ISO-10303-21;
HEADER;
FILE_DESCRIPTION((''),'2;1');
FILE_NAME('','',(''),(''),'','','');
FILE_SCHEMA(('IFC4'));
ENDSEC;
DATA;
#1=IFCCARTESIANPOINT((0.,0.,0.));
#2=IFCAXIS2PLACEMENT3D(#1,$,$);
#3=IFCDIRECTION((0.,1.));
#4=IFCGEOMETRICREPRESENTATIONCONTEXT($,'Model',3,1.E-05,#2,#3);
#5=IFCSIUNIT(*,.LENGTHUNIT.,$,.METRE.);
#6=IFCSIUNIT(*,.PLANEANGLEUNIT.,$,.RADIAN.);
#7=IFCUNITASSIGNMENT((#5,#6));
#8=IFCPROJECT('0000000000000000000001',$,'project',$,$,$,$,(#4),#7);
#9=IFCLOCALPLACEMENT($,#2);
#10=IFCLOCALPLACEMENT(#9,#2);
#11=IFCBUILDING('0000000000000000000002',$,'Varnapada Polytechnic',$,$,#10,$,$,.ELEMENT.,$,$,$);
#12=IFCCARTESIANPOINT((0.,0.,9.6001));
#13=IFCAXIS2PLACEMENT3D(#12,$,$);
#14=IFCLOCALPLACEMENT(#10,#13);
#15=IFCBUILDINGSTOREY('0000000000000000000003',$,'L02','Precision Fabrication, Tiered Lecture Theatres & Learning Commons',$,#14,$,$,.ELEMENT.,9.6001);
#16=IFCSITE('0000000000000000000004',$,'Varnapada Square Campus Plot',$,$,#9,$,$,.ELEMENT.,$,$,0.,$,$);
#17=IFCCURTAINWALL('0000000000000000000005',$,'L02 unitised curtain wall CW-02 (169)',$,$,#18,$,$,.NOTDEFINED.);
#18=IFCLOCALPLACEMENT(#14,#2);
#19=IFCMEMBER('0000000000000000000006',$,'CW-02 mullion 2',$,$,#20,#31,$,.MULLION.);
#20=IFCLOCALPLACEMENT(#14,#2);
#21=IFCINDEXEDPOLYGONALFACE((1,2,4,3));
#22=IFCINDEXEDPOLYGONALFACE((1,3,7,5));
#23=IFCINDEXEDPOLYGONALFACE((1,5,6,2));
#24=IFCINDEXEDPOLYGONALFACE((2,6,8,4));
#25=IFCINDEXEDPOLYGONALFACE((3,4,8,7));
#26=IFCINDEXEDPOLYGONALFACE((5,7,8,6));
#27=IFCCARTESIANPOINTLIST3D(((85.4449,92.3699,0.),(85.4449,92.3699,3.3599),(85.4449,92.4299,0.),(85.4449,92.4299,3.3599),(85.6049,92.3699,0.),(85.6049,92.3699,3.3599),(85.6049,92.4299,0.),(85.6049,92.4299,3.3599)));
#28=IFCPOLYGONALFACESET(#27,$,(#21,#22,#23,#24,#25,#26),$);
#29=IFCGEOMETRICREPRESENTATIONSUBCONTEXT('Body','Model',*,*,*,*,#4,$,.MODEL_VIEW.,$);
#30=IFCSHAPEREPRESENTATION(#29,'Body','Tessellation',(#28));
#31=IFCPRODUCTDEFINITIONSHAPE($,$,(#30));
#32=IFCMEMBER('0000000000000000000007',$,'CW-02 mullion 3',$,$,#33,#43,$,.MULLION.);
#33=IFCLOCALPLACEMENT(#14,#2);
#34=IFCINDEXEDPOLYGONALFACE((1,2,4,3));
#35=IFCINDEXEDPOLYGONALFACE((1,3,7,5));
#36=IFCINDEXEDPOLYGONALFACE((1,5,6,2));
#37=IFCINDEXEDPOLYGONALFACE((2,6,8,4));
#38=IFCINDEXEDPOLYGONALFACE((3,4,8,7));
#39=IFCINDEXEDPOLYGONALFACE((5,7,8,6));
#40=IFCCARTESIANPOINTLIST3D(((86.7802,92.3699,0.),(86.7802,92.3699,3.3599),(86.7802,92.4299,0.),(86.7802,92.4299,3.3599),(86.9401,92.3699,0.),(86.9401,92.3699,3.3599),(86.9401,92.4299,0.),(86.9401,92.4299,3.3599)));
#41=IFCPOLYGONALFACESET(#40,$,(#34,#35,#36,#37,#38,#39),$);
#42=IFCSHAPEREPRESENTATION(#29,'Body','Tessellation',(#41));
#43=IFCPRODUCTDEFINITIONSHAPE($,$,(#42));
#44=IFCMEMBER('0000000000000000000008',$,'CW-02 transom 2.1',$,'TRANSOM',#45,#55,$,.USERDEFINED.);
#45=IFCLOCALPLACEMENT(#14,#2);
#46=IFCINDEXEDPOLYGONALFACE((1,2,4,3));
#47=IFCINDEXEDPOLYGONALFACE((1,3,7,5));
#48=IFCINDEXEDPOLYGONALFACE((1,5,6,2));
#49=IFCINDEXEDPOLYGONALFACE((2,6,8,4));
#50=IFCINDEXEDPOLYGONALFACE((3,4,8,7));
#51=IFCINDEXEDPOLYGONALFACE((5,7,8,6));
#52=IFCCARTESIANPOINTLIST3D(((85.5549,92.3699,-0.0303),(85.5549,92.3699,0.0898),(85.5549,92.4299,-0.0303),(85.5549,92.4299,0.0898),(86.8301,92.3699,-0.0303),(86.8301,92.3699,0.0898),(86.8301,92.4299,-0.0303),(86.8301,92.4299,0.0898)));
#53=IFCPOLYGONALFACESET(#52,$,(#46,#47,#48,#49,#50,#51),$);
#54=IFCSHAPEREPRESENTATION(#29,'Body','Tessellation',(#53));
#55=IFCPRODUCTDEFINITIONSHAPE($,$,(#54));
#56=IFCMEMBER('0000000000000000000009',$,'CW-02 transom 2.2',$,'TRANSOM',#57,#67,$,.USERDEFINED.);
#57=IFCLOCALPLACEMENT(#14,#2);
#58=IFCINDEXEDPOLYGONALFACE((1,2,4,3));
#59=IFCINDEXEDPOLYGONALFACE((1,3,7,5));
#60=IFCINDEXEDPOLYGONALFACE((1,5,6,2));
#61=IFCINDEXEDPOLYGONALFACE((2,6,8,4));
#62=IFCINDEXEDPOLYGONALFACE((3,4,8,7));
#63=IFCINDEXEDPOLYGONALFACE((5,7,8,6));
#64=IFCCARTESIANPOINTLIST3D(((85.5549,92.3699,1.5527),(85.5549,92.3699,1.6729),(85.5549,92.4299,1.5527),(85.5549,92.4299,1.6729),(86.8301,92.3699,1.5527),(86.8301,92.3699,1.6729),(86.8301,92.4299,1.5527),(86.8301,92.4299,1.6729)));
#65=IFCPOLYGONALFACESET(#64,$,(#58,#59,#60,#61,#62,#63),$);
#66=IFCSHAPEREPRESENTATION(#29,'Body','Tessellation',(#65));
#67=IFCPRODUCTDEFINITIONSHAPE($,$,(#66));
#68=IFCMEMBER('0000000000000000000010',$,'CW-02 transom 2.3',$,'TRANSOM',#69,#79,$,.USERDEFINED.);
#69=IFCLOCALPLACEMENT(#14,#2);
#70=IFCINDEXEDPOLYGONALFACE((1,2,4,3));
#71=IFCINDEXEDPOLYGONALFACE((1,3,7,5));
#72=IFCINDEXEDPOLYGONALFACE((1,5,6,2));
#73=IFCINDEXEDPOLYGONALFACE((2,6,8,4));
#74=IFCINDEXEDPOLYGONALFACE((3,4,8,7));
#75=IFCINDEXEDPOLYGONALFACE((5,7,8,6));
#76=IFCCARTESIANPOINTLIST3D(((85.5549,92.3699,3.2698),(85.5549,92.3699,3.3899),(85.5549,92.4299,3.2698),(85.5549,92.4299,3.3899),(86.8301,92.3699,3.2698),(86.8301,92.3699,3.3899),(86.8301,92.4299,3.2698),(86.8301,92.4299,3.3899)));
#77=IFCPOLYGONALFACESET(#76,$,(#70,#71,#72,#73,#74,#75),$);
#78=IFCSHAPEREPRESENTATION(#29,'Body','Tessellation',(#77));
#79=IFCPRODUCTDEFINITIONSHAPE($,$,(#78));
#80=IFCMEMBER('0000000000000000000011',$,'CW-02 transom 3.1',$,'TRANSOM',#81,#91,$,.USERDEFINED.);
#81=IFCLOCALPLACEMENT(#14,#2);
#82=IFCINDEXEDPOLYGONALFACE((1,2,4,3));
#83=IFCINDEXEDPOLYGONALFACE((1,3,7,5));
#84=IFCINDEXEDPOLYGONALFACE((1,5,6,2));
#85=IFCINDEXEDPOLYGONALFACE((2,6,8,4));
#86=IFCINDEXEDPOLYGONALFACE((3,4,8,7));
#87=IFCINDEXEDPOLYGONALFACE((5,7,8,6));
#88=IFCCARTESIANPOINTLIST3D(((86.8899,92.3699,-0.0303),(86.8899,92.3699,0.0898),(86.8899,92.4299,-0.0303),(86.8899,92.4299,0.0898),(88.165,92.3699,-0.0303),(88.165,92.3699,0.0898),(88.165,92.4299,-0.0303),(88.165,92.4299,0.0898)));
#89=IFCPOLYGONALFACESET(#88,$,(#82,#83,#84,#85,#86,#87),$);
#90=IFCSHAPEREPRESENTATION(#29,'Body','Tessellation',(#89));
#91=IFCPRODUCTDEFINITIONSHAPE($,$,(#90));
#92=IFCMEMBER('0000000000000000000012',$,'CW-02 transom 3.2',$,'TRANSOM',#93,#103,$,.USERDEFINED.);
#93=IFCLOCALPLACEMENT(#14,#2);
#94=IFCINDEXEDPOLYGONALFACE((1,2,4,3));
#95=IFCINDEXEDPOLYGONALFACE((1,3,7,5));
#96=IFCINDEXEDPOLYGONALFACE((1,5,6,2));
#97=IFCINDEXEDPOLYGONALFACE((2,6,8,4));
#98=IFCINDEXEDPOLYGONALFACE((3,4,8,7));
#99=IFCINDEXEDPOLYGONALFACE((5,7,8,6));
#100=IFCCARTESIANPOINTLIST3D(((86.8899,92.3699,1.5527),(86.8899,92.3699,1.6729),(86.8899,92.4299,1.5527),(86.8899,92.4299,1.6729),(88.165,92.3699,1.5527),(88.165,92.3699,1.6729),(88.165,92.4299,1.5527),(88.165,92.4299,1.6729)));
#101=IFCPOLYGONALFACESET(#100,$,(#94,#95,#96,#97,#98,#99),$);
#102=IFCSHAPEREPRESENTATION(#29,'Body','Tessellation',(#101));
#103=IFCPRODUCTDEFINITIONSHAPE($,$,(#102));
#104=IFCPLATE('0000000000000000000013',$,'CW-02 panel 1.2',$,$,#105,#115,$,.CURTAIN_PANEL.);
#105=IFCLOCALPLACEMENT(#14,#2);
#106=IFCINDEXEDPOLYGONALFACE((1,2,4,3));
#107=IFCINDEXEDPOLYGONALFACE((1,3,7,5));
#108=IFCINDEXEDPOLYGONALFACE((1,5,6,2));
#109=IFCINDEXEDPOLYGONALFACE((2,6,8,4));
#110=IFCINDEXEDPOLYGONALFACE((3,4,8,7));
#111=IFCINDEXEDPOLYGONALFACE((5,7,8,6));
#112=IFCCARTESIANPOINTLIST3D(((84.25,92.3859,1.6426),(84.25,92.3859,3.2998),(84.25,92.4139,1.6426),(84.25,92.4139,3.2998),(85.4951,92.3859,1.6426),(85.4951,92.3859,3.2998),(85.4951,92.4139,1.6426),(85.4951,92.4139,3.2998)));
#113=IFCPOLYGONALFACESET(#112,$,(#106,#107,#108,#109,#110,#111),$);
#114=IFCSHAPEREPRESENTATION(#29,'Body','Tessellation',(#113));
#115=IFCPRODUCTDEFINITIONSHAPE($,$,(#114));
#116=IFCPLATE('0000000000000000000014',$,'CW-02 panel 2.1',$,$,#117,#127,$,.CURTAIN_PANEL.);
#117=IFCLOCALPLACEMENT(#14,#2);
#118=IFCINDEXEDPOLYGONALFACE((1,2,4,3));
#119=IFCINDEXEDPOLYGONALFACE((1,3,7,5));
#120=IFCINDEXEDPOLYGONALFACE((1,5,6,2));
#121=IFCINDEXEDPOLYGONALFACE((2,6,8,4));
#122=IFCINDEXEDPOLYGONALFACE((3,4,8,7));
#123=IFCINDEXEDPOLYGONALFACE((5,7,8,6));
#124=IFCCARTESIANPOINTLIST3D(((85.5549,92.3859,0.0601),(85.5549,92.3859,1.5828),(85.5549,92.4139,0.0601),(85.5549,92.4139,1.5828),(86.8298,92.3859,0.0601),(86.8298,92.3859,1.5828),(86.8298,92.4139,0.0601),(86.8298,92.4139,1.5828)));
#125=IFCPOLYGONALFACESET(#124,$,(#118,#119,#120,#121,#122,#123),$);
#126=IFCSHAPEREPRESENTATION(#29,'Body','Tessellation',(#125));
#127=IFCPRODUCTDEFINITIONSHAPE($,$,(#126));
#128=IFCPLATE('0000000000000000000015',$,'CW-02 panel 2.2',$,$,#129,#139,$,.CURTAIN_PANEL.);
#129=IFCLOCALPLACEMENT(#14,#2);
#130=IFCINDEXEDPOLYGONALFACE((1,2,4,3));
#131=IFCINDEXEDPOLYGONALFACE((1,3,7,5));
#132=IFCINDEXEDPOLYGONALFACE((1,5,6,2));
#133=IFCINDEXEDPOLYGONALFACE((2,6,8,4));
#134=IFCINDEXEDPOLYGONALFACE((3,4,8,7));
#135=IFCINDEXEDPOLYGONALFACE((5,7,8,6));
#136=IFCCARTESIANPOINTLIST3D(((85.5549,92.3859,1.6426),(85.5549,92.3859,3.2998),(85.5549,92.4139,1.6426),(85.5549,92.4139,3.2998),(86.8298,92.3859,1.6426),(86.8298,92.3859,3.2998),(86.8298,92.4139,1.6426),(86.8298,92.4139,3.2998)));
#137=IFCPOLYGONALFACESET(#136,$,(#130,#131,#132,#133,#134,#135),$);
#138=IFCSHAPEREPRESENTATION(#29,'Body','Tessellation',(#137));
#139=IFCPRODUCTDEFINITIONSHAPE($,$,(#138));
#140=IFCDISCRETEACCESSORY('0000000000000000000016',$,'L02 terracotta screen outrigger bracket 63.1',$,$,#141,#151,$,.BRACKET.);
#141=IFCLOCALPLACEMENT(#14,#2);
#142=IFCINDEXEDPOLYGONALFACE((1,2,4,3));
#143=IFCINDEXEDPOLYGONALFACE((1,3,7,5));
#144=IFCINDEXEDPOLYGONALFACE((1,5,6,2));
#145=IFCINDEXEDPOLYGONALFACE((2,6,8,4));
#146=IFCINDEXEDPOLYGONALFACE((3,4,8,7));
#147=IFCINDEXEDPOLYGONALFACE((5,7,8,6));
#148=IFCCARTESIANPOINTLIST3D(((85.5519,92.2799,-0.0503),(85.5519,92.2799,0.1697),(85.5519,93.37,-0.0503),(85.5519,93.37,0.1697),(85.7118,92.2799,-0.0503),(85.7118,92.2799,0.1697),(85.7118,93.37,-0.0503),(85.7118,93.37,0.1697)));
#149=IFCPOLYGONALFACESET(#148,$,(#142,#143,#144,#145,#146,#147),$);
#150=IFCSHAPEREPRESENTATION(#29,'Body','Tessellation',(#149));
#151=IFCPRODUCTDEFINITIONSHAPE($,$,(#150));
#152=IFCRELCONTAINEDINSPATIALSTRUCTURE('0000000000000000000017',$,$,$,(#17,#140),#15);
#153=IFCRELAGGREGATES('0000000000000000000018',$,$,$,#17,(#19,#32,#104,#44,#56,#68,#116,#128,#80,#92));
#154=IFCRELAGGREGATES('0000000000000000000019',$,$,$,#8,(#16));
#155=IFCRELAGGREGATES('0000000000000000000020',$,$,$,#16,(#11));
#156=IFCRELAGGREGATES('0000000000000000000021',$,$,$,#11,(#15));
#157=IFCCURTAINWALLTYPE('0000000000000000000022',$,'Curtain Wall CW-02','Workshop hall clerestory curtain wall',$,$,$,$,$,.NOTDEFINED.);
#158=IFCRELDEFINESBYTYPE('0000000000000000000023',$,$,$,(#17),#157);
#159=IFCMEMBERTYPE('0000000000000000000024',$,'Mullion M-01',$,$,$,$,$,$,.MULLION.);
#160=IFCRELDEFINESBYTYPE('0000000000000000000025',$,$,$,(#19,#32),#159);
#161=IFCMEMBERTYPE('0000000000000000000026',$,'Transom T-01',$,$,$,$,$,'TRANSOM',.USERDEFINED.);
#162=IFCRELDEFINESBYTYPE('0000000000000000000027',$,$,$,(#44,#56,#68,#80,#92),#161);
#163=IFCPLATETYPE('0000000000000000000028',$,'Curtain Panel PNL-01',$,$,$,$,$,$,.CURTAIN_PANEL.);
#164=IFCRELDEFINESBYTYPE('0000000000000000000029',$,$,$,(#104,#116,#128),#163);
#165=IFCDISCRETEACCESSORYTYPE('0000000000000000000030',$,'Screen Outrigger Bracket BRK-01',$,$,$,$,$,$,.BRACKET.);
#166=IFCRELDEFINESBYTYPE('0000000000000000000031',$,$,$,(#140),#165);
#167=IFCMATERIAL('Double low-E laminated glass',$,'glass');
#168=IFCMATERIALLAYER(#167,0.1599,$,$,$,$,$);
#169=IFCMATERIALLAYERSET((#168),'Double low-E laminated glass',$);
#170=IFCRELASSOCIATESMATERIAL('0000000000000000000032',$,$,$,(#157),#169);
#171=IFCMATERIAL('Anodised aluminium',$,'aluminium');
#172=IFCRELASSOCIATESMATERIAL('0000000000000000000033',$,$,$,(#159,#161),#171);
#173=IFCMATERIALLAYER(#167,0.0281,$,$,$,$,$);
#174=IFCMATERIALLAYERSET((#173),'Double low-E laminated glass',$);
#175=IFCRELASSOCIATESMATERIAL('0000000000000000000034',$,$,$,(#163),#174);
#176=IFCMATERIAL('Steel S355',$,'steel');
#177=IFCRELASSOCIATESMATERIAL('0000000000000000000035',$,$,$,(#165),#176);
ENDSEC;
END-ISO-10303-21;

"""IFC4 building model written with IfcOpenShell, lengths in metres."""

from ifc_helpers import new_model, si_unit, direction, frame, origin, origin_2d, place, context, subcontext, project, spatial, rectangle, extrude, material, layer, layer_set, material_profile, profile_set, type_object, element, aggregate, save


model = new_model("IFC4")

# Units and contexts
model_context = context("Model", 3, precision=1e-05, world=origin(), true_north=direction((0.0, 1.0)))
body_context = subcontext(model_context, "Body", "Model", "MODEL_VIEW")
ifc_project = project(units=[si_unit("LENGTHUNIT", "METRE"), si_unit("PLANEANGLEUNIT", "RADIAN")], contexts=[model_context])

# Site, building, storey
site_placement = place(None, origin())
site = spatial("IfcSite", under=ifc_project, at=site_placement, Name="Varnapada Square Campus Plot", CompositionType="ELEMENT", RefElevation=0.0)
building_placement = place(site_placement, origin())
building = spatial("IfcBuilding", under=site, at=building_placement, Name="Varnapada Polytechnic", CompositionType="ELEMENT")
storey_placement = place(building_placement, frame((0.0, 0.0, 9.6001)))
storey = spatial("IfcBuildingStorey", under=building, at=storey_placement, Name="L02", Description="Precision Fabrication, Tiered Lecture Theatres & Learning Commons", CompositionType="ELEMENT", Elevation=9.6001)

# Curtain wall, members, plates
ifc_material_1 = material(Name="Double low-E laminated glass", Category="glass")
ifc_layer_1 = layer(ifc_material_1, 0.1599)
ifc_layer_set_1 = layer_set([ifc_layer_1], Name="Double low-E laminated glass")
curtain_wall_type = type_object("IfcCurtainWallType", Name="Curtain Wall CW-02", Description="Workshop hall clerestory curtain wall", PredefinedType="NOTDEFINED", material=ifc_layer_set_1)
curtain_wall_placement = place(storey_placement, origin())
curtain_wall = element("IfcCurtainWall", 1, at=curtain_wall_placement, inside=storey, type_object=curtain_wall_type, Name="L02 unitised curtain wall CW-02 (169)", PredefinedType="NOTDEFINED")
ifc_material_2 = material(Name="Anodised aluminium", Category="aluminium")
ifc_material_profile_1 = material_profile(ifc_material_2, rectangle(XDim=0.0601, YDim=0.1599, at=origin_2d()), Name="ALU M60x160")
ifc_profile_set_1 = profile_set([ifc_material_profile_1], Name="Anodised aluminium")
member_type_1 = type_object("IfcMemberType", Name="Mullion M-01", PredefinedType="MULLION", material=ifc_profile_set_1)
member_1_placement = place(storey_placement, frame((85.5249, 92.3999, 0.0), z_axis=(0.0, 0.0, 1.0), x_axis=(0.0, 1.0, 0.0)))
member_1 = element("IfcMember", 2, at=member_1_placement, type_object=member_type_1, Name="CW-02 mullion 2", PredefinedType="MULLION", context=body_context, shape_type="SweptSolid", body=[
    extrude(rectangle(XDim=0.0601, YDim=0.1599, at=origin_2d()), origin(), (0.0, 0.0, 1.0), 3.3599),
])
member_2_placement = place(storey_placement, frame((86.8601, 92.3999, 0.0), z_axis=(0.0, 0.0, 1.0), x_axis=(0.0, 1.0, 0.0)))
member_2 = element("IfcMember", 3, at=member_2_placement, type_object=member_type_1, Name="CW-02 mullion 3", PredefinedType="MULLION", context=body_context, shape_type="SweptSolid", body=[
    extrude(rectangle(XDim=0.0601, YDim=0.1599, at=origin_2d()), origin(), (0.0, 0.0, 1.0), 3.3599),
])
ifc_material_profile_2 = material_profile(ifc_material_2, rectangle(XDim=0.0601, YDim=0.1201, at=origin_2d()), Name="ALU T60x120")
ifc_profile_set_2 = profile_set([ifc_material_profile_2], Name="Anodised aluminium")
member_type_2 = type_object("IfcMemberType", Name="Transom T-01", ElementType="TRANSOM", PredefinedType="USERDEFINED", material=ifc_profile_set_2)
member_3_placement = place(storey_placement, frame((85.5549, 92.3999, 0.0298), z_axis=(1.0, 0.0, 0.0), x_axis=(0.0, 1.0, 0.0)))
member_3 = element("IfcMember", 4, at=member_3_placement, type_object=member_type_2, Name="CW-02 transom 2.1", ObjectType="TRANSOM", PredefinedType="USERDEFINED", context=body_context, shape_type="SweptSolid", body=[
    extrude(rectangle(XDim=0.0601, YDim=0.1201, at=origin_2d()), origin(), (0.0, 0.0, 1.0), 1.2751),
])
member_4_placement = place(storey_placement, frame((85.5549, 92.3999, 1.6128), z_axis=(1.0, 0.0, 0.0), x_axis=(0.0, 1.0, 0.0)))
member_4 = element("IfcMember", 5, at=member_4_placement, type_object=member_type_2, Name="CW-02 transom 2.2", ObjectType="TRANSOM", PredefinedType="USERDEFINED", context=body_context, shape_type="SweptSolid", body=[
    extrude(rectangle(XDim=0.0601, YDim=0.1201, at=origin_2d()), origin(), (0.0, 0.0, 1.0), 1.2751),
])
member_5_placement = place(storey_placement, frame((85.5549, 92.3999, 3.3298), z_axis=(1.0, 0.0, 0.0), x_axis=(0.0, 1.0, 0.0)))
member_5 = element("IfcMember", 6, at=member_5_placement, type_object=member_type_2, Name="CW-02 transom 2.3", ObjectType="TRANSOM", PredefinedType="USERDEFINED", context=body_context, shape_type="SweptSolid", body=[
    extrude(rectangle(XDim=0.0601, YDim=0.1201, at=origin_2d()), origin(), (0.0, 0.0, 1.0), 1.2751),
])
member_6_placement = place(storey_placement, frame((86.8899, 92.3999, 0.0298), z_axis=(1.0, 0.0, 0.0), x_axis=(0.0, 1.0, 0.0)))
member_6 = element("IfcMember", 7, at=member_6_placement, type_object=member_type_2, Name="CW-02 transom 3.1", ObjectType="TRANSOM", PredefinedType="USERDEFINED", context=body_context, shape_type="SweptSolid", body=[
    extrude(rectangle(XDim=0.0601, YDim=0.1201, at=origin_2d()), origin(), (0.0, 0.0, 1.0), 1.2751),
])
member_7_placement = place(storey_placement, frame((86.8899, 92.3999, 1.6128), z_axis=(1.0, 0.0, 0.0), x_axis=(0.0, 1.0, 0.0)))
member_7 = element("IfcMember", 8, at=member_7_placement, type_object=member_type_2, Name="CW-02 transom 3.2", ObjectType="TRANSOM", PredefinedType="USERDEFINED", context=body_context, shape_type="SweptSolid", body=[
    extrude(rectangle(XDim=0.0601, YDim=0.1201, at=origin_2d()), origin(), (0.0, 0.0, 1.0), 1.2751),
])
ifc_layer_2 = layer(ifc_material_1, 0.0281)
ifc_layer_set_2 = layer_set([ifc_layer_2], Name="Double low-E laminated glass")
plate_type = type_object("IfcPlateType", Name="Curtain Panel PNL-01", PredefinedType="CURTAIN_PANEL", material=ifc_layer_set_2)
plate_1_placement = place(storey_placement, frame((84.8726, 92.3999, 1.6426), z_axis=(0.0, 0.0, 1.0), x_axis=(1.0, 0.0, 0.0)))
plate_1 = element("IfcPlate", 9, at=plate_1_placement, type_object=plate_type, Name="CW-02 panel 1.2", PredefinedType="CURTAIN_PANEL", context=body_context, shape_type="SweptSolid", body=[
    extrude(rectangle(XDim=1.2451, YDim=0.0281, at=origin_2d()), origin(), (0.0, 0.0, 1.0), 1.6572),
])
plate_2_placement = place(storey_placement, frame((86.1924, 92.3999, 0.0601), z_axis=(0.0, 0.0, 1.0), x_axis=(1.0, 0.0, 0.0)))
plate_2 = element("IfcPlate", 10, at=plate_2_placement, type_object=plate_type, Name="CW-02 panel 2.1", PredefinedType="CURTAIN_PANEL", context=body_context, shape_type="SweptSolid", body=[
    extrude(rectangle(XDim=1.2749, YDim=0.0281, at=origin_2d()), origin(), (0.0, 0.0, 1.0), 1.5227),
])
plate_3_placement = place(storey_placement, frame((86.1924, 92.3999, 1.6426), z_axis=(0.0, 0.0, 1.0), x_axis=(1.0, 0.0, 0.0)))
plate_3 = element("IfcPlate", 11, at=plate_3_placement, type_object=plate_type, Name="CW-02 panel 2.2", PredefinedType="CURTAIN_PANEL", context=body_context, shape_type="SweptSolid", body=[
    extrude(rectangle(XDim=1.2749, YDim=0.0281, at=origin_2d()), origin(), (0.0, 0.0, 1.0), 1.6572),
])
aggregate(curtain_wall, [member_1, member_2, plate_1, member_3, member_4, member_5, plate_2, plate_3, member_6, member_7])

# Discrete accessory
ifc_material_3 = material(Name="Steel S355", Category="steel")
discrete_accessory_type = type_object("IfcDiscreteAccessoryType", Name="Screen Outrigger Bracket BRK-01", PredefinedType="BRACKET", material=ifc_material_3)
discrete_accessory_placement = place(storey_placement, frame((85.6318, 92.825, -0.0503), z_axis=(0.0, 0.0, 1.0), x_axis=(1.0, 0.0, 0.0)))
element("IfcDiscreteAccessory", 12, at=discrete_accessory_placement, inside=storey, type_object=discrete_accessory_type, Name="L02 terracotta screen outrigger bracket 63.1", PredefinedType="BRACKET", context=body_context, shape_type="SweptSolid", body=[
    extrude(rectangle(XDim=0.1599, YDim=1.0901, at=origin_2d()), origin(), (0.0, 0.0, 1.0), 0.22),
])

save(model, "model.ifc")
